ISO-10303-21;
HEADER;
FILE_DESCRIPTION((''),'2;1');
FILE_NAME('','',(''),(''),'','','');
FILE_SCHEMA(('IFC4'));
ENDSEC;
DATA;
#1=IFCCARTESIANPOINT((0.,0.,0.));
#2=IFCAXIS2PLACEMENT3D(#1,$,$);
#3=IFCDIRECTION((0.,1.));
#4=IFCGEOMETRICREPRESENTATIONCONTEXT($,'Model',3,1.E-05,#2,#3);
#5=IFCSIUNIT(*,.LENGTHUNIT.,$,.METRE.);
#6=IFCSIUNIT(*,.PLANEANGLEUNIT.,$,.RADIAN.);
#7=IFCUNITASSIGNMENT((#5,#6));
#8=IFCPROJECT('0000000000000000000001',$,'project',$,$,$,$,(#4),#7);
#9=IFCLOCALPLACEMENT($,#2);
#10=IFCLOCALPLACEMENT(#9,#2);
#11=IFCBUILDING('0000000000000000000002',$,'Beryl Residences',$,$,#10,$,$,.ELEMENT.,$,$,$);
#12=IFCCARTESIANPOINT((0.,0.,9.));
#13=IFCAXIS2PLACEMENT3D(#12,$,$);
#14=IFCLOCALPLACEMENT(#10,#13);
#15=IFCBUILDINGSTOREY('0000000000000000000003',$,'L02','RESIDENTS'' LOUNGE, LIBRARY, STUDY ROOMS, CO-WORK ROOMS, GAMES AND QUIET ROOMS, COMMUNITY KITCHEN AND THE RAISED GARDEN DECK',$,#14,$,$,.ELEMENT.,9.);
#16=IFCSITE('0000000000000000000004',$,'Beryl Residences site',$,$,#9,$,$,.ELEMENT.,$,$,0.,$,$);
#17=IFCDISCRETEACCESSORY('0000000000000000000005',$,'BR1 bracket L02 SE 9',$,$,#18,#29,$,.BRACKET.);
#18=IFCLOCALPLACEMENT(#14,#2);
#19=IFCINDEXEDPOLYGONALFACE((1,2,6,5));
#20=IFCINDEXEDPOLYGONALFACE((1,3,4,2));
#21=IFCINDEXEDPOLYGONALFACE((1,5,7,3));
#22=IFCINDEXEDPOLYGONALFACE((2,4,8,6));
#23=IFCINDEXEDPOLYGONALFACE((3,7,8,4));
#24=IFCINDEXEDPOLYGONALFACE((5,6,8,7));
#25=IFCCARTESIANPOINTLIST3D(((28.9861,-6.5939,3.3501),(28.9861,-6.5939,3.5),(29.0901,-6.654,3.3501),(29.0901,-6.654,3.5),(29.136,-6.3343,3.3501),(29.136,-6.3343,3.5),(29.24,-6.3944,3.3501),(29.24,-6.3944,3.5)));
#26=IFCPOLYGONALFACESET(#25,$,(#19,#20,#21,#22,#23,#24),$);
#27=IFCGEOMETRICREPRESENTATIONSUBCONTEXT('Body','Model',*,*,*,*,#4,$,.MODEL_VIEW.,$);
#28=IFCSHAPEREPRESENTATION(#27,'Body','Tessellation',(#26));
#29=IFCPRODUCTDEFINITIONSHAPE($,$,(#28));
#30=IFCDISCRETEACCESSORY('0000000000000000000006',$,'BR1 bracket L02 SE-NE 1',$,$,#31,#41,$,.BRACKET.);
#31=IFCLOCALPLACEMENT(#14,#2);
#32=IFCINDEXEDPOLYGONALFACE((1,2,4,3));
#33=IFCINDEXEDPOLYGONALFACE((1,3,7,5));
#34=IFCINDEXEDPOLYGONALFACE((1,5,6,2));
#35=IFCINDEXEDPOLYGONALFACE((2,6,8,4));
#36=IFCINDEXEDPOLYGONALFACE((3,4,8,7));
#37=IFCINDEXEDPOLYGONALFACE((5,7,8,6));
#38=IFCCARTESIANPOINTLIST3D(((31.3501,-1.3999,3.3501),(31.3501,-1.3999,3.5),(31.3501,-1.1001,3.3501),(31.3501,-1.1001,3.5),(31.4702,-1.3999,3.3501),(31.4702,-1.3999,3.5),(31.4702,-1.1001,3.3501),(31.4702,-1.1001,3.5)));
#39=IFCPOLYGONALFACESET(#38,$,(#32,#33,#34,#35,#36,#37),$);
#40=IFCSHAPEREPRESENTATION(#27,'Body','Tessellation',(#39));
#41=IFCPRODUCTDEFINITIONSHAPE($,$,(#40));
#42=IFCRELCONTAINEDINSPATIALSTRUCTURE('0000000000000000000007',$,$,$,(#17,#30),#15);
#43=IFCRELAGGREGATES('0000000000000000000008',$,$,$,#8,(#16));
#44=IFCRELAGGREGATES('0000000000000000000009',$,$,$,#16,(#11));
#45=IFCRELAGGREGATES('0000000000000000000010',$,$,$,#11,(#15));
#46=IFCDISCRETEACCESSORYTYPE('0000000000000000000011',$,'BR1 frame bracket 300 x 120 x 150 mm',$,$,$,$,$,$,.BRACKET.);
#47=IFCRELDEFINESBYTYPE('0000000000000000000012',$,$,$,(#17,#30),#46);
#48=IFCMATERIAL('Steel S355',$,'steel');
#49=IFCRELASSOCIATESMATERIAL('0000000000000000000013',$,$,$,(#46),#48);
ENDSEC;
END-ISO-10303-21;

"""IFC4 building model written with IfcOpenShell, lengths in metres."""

from ifc_helpers import new_model, si_unit, direction, frame, origin, place, context, subcontext, project, spatial, polyline, outline, extrude, source, transform, mapped, material, type_object, type_shapes, element, save


model = new_model("IFC4")

# Units and contexts
model_context = context("Model", 3, precision=1e-05, world=origin(), true_north=direction((0.0, 1.0)))
body_context = subcontext(model_context, "Body", "Model", "MODEL_VIEW")
ifc_project = project(units=[si_unit("LENGTHUNIT", "METRE"), si_unit("PLANEANGLEUNIT", "RADIAN")], contexts=[model_context])

# Site, building, storey
site_placement = place(None, origin())
site = spatial("IfcSite", under=ifc_project, at=site_placement, Name="Beryl Residences site", CompositionType="ELEMENT", RefElevation=0.0)
building_placement = place(site_placement, origin())
building = spatial("IfcBuilding", under=site, at=building_placement, Name="Beryl Residences", CompositionType="ELEMENT")
storey_placement = place(building_placement, frame((0.0, 0.0, 9.0)))
storey = spatial("IfcBuildingStorey", under=building, at=storey_placement, Name="L02", Description="RESIDENTS' LOUNGE, LIBRARY, STUDY ROOMS, CO-WORK ROOMS, GAMES AND QUIET ROOMS, COMMUNITY KITCHEN AND THE RAISED GARDEN DECK", CompositionType="ELEMENT", Elevation=9.0)

# Discrete accessories
ifc_material_1 = material(Name="Steel S355", Category="steel")
discrete_accessory_type = type_object("IfcDiscreteAccessoryType", Name="BR1 frame bracket 300 x 120 x 150 mm", PredefinedType="BRACKET", material=ifc_material_1)
shared_shape_1 = source(origin(), body_context, "Body", "SweptSolid", [
    extrude(outline(polyline([(-0.1499, 0.0), (0.1499, 0.0), (0.1499, 0.1201), (-0.1499, 0.1201), (-0.1499, 0.0)])), origin(), (0.0, 0.0, 1.0), 0.1499),
])
type_shapes(discrete_accessory_type, [shared_shape_1])
for number, where, z_axis, x_axis, name in (
    (1, (29.061, -6.4641, 3.3501), (0.0, 0.0, 1.0), (-0.5, -0.866025, 0.0), "BR1 bracket L02 SE 9"),
    (2, (31.3501, -1.25, 3.3501), (0.0, 0.0, 1.0), (0.0, -1.0, 0.0), "BR1 bracket L02 SE-NE 1"),
):
    element("IfcDiscreteAccessory", number, at=place(storey_placement, frame(where, z_axis=z_axis, x_axis=x_axis)), inside=storey, type_object=discrete_accessory_type, Name=name, PredefinedType="BRACKET", context=body_context, shape_type="MappedRepresentation", body=[
        mapped(shared_shape_1, transform((0.0, 0.0, 0.0))),
    ])

save(model, "model.ifc")
